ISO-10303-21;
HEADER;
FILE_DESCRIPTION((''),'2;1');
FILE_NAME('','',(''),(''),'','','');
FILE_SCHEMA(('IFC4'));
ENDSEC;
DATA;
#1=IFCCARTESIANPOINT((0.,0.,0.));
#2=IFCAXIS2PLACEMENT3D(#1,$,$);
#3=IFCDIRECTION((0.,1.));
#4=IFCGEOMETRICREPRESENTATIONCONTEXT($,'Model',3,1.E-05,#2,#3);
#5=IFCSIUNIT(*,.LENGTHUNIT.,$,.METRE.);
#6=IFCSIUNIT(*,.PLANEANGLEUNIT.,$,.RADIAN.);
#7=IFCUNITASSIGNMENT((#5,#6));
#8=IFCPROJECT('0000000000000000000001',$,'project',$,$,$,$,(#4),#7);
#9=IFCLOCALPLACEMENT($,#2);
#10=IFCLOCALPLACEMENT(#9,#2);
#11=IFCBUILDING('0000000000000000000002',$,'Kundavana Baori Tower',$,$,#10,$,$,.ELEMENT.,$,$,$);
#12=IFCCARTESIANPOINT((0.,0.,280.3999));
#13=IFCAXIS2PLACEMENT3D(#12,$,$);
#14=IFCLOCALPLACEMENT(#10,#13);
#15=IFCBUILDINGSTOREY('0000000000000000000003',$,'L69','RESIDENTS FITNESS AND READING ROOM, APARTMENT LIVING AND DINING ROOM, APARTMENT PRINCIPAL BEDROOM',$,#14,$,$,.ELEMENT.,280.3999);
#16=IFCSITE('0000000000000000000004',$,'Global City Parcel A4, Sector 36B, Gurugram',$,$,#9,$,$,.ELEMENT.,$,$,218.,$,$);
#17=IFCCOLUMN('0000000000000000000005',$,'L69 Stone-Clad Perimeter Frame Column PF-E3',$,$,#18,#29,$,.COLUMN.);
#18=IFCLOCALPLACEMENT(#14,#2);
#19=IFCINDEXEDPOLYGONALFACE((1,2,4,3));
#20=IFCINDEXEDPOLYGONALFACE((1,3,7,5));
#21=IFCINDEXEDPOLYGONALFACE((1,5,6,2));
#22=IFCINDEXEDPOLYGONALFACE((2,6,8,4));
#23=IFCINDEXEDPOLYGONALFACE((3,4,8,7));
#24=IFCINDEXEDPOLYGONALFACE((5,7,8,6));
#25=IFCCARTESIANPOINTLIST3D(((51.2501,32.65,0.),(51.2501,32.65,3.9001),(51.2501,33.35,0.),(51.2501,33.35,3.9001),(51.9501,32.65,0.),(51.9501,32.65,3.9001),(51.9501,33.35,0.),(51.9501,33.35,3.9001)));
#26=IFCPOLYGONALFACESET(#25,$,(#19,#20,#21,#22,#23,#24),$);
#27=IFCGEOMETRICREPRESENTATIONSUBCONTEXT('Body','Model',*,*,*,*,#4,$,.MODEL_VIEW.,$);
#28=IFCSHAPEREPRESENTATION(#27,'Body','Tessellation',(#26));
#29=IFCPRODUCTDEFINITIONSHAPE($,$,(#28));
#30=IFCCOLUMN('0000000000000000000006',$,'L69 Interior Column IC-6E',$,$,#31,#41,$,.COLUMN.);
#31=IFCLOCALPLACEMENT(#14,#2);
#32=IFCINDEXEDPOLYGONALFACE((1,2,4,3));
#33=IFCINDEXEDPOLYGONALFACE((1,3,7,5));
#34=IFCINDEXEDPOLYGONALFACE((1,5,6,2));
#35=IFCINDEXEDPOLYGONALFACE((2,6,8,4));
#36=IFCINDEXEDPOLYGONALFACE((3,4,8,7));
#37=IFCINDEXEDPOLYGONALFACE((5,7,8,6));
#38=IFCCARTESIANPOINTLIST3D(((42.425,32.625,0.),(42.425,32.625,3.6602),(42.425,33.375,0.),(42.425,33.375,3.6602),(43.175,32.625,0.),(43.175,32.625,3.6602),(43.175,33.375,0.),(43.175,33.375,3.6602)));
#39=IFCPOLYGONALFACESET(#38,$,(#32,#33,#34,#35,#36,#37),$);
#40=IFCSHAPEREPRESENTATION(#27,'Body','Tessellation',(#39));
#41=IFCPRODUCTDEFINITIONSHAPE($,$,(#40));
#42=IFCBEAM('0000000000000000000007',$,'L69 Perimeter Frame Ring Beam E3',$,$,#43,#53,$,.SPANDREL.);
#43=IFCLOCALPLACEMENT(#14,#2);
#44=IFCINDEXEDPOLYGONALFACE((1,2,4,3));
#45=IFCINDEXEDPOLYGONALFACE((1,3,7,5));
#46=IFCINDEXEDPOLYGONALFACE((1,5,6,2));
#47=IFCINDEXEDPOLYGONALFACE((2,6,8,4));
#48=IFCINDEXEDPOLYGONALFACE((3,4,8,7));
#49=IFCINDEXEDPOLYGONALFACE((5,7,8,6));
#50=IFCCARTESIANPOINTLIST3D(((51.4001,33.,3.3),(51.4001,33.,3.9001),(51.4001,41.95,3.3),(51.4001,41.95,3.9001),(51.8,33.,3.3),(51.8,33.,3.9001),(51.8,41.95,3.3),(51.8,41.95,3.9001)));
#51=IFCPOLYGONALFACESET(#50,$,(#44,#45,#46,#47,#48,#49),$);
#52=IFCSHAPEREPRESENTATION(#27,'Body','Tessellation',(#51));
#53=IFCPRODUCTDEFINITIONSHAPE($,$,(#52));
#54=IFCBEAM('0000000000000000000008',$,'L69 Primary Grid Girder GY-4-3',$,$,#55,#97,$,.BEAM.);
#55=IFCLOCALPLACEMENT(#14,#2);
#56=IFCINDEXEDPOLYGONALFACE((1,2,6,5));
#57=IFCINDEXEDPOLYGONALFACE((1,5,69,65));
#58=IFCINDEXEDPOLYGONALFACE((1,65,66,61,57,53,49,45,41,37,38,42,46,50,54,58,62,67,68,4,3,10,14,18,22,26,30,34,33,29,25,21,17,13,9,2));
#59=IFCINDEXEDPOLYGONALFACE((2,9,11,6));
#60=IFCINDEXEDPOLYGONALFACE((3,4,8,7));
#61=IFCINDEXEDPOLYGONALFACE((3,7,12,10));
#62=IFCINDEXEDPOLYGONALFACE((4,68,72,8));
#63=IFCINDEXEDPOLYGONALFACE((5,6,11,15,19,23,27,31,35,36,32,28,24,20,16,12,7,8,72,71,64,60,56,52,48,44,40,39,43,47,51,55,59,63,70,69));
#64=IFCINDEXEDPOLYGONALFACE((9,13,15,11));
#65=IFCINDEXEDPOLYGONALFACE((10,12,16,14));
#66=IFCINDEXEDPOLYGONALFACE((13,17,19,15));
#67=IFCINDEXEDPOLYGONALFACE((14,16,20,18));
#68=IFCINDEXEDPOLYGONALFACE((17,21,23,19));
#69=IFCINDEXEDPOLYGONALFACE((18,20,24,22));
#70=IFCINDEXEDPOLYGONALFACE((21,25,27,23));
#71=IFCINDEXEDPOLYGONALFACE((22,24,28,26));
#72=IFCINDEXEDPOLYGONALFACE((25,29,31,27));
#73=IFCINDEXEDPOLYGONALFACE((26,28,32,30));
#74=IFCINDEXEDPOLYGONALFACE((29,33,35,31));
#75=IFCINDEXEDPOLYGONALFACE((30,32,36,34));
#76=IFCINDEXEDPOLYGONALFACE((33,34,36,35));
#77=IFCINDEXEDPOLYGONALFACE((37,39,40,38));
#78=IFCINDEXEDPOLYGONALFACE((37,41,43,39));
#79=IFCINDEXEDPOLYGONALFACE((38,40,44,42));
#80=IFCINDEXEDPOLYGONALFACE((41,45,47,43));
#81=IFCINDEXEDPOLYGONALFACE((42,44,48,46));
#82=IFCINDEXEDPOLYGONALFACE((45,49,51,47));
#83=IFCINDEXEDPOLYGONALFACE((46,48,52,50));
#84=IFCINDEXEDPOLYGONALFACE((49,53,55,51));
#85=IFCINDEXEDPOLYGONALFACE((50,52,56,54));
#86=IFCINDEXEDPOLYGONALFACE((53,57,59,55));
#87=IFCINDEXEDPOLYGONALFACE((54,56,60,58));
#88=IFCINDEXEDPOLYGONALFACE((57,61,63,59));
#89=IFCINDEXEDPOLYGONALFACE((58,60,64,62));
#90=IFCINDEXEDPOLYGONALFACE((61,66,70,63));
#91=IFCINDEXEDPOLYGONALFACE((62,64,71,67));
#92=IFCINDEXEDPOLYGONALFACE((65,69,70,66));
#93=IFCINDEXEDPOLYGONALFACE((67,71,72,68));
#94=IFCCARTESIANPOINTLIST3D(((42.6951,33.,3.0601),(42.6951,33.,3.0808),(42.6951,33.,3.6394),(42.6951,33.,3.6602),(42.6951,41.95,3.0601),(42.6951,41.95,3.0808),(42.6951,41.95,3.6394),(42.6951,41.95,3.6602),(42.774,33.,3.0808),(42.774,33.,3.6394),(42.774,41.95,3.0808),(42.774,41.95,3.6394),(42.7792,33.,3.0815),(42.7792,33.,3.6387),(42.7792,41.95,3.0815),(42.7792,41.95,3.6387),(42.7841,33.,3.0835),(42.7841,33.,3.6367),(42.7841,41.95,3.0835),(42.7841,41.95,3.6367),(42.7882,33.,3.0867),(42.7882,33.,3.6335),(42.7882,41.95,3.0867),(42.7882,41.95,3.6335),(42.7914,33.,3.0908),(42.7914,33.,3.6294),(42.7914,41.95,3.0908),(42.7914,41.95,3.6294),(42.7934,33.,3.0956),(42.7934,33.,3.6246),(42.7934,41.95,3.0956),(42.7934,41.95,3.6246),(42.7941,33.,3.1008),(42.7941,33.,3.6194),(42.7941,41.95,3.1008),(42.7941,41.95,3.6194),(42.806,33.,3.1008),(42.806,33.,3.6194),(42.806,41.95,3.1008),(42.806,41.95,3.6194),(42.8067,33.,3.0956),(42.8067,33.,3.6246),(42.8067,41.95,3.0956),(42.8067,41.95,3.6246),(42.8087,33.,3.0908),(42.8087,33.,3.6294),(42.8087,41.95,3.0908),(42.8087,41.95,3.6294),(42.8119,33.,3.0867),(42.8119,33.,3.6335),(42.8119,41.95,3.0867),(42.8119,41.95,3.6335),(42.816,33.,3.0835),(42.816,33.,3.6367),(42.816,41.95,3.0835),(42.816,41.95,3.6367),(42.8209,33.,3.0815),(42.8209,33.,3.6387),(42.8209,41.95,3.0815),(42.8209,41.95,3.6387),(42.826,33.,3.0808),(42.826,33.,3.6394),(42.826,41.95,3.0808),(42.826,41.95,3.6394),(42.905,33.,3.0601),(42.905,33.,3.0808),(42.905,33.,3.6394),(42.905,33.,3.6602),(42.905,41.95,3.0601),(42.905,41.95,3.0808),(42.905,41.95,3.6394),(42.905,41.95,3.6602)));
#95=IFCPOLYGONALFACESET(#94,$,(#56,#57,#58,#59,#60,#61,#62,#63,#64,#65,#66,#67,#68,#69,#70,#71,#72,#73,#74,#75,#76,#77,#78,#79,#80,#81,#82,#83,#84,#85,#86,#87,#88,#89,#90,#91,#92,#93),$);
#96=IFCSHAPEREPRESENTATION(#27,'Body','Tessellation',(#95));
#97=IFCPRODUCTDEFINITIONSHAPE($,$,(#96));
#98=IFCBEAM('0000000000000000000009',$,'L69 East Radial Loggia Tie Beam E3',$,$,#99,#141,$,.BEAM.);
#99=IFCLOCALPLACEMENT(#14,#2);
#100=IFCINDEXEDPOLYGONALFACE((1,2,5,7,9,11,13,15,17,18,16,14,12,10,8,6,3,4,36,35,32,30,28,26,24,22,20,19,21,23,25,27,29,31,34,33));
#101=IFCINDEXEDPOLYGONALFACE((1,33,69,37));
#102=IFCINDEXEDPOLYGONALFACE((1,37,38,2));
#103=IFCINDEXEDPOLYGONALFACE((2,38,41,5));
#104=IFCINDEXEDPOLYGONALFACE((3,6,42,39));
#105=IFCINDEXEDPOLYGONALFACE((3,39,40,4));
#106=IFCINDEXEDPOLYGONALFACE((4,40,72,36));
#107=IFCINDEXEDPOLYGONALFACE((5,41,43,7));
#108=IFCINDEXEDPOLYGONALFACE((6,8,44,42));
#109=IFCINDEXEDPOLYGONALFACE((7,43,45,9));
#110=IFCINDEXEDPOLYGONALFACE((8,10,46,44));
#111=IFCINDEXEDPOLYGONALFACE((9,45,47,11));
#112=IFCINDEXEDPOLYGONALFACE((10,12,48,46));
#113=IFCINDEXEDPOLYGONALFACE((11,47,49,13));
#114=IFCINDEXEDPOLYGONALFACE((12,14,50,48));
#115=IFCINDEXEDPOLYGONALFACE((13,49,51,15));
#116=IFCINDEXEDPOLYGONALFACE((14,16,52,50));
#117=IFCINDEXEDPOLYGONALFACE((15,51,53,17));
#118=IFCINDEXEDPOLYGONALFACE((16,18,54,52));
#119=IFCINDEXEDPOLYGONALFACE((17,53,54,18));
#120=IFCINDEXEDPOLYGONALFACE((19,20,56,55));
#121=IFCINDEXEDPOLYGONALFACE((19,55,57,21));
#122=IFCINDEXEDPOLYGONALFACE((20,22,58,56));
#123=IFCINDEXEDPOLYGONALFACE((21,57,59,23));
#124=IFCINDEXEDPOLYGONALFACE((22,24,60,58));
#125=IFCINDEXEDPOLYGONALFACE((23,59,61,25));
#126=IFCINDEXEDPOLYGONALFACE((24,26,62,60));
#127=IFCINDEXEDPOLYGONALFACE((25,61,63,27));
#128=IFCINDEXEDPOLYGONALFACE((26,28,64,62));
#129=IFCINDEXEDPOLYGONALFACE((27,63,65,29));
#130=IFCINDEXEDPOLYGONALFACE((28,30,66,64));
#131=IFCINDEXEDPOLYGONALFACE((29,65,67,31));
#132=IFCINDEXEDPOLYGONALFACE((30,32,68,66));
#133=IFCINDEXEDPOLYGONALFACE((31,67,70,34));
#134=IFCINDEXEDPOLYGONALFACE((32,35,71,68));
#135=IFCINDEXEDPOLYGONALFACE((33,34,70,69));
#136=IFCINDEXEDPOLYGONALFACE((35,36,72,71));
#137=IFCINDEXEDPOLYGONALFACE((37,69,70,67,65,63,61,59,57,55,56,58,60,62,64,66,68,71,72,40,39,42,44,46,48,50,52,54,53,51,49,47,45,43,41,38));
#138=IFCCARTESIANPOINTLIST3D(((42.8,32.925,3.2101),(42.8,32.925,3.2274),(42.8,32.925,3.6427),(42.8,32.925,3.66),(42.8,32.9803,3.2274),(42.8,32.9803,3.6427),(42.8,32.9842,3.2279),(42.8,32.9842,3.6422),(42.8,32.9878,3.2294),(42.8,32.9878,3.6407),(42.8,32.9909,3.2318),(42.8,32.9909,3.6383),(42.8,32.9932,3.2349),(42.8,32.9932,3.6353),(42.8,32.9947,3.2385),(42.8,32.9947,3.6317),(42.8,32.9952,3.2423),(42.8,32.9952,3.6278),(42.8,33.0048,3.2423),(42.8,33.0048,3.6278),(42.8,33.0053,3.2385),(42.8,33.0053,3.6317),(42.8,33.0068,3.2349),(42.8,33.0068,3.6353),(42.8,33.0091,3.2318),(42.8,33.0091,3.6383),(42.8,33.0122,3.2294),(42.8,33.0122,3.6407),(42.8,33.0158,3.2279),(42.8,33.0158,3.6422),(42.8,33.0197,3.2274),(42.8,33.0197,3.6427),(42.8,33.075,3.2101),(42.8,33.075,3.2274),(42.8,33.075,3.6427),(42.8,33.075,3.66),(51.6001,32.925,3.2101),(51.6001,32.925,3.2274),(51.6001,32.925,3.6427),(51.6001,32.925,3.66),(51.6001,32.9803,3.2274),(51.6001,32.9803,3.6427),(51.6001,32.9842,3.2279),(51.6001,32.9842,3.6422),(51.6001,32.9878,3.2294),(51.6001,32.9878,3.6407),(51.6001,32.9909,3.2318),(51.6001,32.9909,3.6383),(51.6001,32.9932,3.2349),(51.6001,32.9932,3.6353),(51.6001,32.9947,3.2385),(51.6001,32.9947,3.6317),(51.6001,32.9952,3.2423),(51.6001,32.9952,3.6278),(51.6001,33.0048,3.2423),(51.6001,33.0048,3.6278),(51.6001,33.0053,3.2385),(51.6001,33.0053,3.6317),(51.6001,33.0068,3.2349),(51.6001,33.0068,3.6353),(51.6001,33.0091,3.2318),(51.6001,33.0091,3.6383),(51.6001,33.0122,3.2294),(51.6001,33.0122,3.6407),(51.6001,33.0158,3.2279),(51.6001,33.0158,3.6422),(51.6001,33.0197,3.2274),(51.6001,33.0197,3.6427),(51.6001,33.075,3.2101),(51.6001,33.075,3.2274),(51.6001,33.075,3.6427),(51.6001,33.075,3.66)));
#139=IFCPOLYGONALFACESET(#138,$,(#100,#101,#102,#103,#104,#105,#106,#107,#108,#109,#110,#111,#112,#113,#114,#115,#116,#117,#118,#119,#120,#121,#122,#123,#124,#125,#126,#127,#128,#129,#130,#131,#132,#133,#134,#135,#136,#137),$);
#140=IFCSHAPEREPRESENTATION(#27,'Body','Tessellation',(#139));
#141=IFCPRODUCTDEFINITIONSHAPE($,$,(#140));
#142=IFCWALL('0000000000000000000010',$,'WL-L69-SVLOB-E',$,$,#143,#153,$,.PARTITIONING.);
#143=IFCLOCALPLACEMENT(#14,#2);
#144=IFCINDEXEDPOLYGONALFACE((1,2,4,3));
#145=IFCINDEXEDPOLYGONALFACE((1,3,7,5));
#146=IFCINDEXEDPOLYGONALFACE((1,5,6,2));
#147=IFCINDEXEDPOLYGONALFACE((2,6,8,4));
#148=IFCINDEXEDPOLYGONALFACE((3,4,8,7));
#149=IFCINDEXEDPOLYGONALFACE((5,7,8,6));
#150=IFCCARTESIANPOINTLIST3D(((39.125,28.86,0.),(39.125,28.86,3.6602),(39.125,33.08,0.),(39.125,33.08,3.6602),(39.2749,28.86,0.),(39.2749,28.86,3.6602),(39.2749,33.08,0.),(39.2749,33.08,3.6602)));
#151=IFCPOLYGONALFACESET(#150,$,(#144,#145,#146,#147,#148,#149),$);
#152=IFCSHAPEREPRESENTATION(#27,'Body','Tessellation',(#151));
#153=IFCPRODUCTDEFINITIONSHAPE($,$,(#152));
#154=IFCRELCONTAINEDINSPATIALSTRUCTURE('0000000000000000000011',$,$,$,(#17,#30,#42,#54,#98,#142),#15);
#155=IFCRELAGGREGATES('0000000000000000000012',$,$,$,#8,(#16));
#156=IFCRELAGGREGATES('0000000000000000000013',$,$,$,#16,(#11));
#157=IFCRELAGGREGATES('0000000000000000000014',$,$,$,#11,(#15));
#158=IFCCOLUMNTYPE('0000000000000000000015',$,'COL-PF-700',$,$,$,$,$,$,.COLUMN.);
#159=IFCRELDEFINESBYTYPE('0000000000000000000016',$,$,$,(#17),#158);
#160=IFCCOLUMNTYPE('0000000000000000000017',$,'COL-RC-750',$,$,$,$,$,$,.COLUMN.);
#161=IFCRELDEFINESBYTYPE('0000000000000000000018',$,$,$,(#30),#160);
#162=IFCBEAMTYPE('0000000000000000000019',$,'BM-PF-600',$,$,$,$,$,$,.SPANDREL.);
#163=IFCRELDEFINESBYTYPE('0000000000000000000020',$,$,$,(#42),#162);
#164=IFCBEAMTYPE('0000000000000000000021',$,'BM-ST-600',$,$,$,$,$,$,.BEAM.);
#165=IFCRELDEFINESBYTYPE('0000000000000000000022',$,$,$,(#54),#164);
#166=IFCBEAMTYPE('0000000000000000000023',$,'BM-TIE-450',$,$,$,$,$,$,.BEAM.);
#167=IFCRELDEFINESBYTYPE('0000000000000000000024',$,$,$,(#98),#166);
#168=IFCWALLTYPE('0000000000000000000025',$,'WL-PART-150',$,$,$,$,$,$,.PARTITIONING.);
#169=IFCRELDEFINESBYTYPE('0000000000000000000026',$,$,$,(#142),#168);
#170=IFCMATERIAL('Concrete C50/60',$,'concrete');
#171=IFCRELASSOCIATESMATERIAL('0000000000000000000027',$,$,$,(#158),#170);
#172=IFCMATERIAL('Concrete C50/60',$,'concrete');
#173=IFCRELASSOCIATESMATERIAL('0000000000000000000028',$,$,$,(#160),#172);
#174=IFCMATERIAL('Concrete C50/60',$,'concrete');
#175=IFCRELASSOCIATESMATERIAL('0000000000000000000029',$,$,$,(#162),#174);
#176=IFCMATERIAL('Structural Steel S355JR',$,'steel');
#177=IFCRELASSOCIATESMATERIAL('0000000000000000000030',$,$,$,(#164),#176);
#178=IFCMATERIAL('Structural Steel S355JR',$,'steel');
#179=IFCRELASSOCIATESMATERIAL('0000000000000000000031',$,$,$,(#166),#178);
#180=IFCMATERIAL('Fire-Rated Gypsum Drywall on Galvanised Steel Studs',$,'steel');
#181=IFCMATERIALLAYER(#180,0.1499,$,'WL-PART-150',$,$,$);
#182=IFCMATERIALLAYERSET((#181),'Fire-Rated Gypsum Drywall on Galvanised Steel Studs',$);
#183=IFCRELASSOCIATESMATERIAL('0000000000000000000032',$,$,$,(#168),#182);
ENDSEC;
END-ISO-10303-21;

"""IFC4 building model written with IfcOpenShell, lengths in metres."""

from ifc_helpers import new_model, si_unit, direction, frame, frame_2d, origin, origin_2d, place, context, subcontext, project, spatial, rectangle, i_section, extrude, material, layer, layer_set, material_profile, profile_set, type_object, element, save


model = new_model("IFC4")

# Units and contexts
model_context = context("Model", 3, precision=1e-05, world=origin(), true_north=direction((0.0, 1.0)))
body_context = subcontext(model_context, "Body", "Model", "MODEL_VIEW")
ifc_project = project(units=[si_unit("LENGTHUNIT", "METRE"), si_unit("PLANEANGLEUNIT", "RADIAN")], contexts=[model_context])

# Site, building, storey
site_placement = place(None, origin())
site = spatial("IfcSite", under=ifc_project, at=site_placement, Name="Global City Parcel A4, Sector 36B, Gurugram", CompositionType="ELEMENT", RefElevation=218.0)
building_placement = place(site_placement, origin())
building = spatial("IfcBuilding", under=site, at=building_placement, Name="Kundavana Baori Tower", CompositionType="ELEMENT")
storey_placement = place(building_placement, frame((0.0, 0.0, 280.3999)))
storey = spatial("IfcBuildingStorey", under=building, at=storey_placement, Name="L69", Description="RESIDENTS FITNESS AND READING ROOM, APARTMENT LIVING AND DINING ROOM, APARTMENT PRINCIPAL BEDROOM", CompositionType="ELEMENT", Elevation=280.3999)

# Columns
ifc_material_1 = material(Name="Concrete C50/60", Category="concrete")
ifc_material_profile_1 = material_profile(ifc_material_1, rectangle(XDim=0.7, YDim=0.7, at=origin_2d()), Name="RC PF 700x700")
ifc_profile_set_1 = profile_set([ifc_material_profile_1], Name="Concrete C50/60")
column_type_1 = type_object("IfcColumnType", Name="COL-PF-700", PredefinedType="COLUMN", material=ifc_profile_set_1)
column_1_placement = place(storey_placement, frame((51.6001, 33.0, 0.0), z_axis=(0.0, 0.0, 1.0), x_axis=(1.0, 0.0, 0.0)))
element("IfcColumn", 1, at=column_1_placement, inside=storey, type_object=column_type_1, Name="L69 Stone-Clad Perimeter Frame Column PF-E3", PredefinedType="COLUMN", context=body_context, shape_type="SweptSolid", body=[
    extrude(rectangle(XDim=0.7, YDim=0.7, at=origin_2d()), origin(), (0.0, 0.0, 1.0), 3.9001),
])
ifc_material_2 = material(Name="Concrete C50/60", Category="concrete")
ifc_material_profile_2 = material_profile(ifc_material_2, rectangle(XDim=0.75, YDim=0.75, at=origin_2d()), Name="RC 750x750")
ifc_profile_set_2 = profile_set([ifc_material_profile_2], Name="Concrete C50/60")
column_type_2 = type_object("IfcColumnType", Name="COL-RC-750", PredefinedType="COLUMN", material=ifc_profile_set_2)
column_2_placement = place(storey_placement, frame((42.8, 33.0, 0.0), z_axis=(0.0, 0.0, 1.0), x_axis=(1.0, 0.0, 0.0)))
element("IfcColumn", 2, at=column_2_placement, inside=storey, type_object=column_type_2, Name="L69 Interior Column IC-6E", PredefinedType="COLUMN", context=body_context, shape_type="SweptSolid", body=[
    extrude(rectangle(XDim=0.75, YDim=0.75, at=origin_2d()), origin(), (0.0, 0.0, 1.0), 3.6602),
])

# Beams
ifc_material_3 = material(Name="Concrete C50/60", Category="concrete")
ifc_material_profile_3 = material_profile(ifc_material_3, rectangle(XDim=0.3999, YDim=0.6001, at=origin_2d()), Name="RC BM 400x600")
ifc_profile_set_3 = profile_set([ifc_material_profile_3], Name="Concrete C50/60")
beam_type_1 = type_object("IfcBeamType", Name="BM-PF-600", PredefinedType="SPANDREL", material=ifc_profile_set_3)
beam_1_placement = place(storey_placement, frame((51.6001, 33.0, 3.6001), z_axis=(0.0, 1.0, 0.0), x_axis=(-1.0, 0.0, 0.0)))
element("IfcBeam", 3, at=beam_1_placement, inside=storey, type_object=beam_type_1, Name="L69 Perimeter Frame Ring Beam E3", PredefinedType="SPANDREL", context=body_context, shape_type="SweptSolid", body=[
    extrude(rectangle(XDim=0.3999, YDim=0.6001, at=origin_2d()), origin(), (0.0, 0.0, 1.0), 8.95),
])
ifc_material_4 = material(Name="Structural Steel S355JR", Category="steel")
ifc_material_profile_4 = material_profile(ifc_material_4, i_section(OverallWidth=0.21, OverallDepth=0.6001, WebThickness=0.012, FlangeThickness=0.0208, FilletRadius=0.02, at=origin_2d()), Name="ISMB 600")
ifc_profile_set_4 = profile_set([ifc_material_profile_4], Name="Structural Steel S355JR")
beam_type_2 = type_object("IfcBeamType", Name="BM-ST-600", PredefinedType="BEAM", material=ifc_profile_set_4)
beam_2_placement = place(storey_placement, frame((42.8, 33.0, 3.3601), z_axis=(0.0, 1.0, 0.0), x_axis=(-1.0, 0.0, 0.0)))
element("IfcBeam", 4, at=beam_2_placement, inside=storey, type_object=beam_type_2, Name="L69 Primary Grid Girder GY-4-3", PredefinedType="BEAM", context=body_context, shape_type="SweptSolid", body=[
    extrude(i_section(OverallWidth=0.21, OverallDepth=0.6001, WebThickness=0.012, FlangeThickness=0.0208, FilletRadius=0.02, at=origin_2d()), origin(), (0.0, 0.0, 1.0), 8.95),
])
ifc_material_5 = material(Name="Structural Steel S355JR", Category="steel")
ifc_material_profile_5 = material_profile(ifc_material_5, i_section(OverallWidth=0.1499, OverallDepth=0.45, WebThickness=0.0095, FlangeThickness=0.0173, FilletRadius=0.0149, at=origin_2d()), Name="ISMB 450")
ifc_profile_set_5 = profile_set([ifc_material_profile_5], Name="Structural Steel S355JR")
beam_type_3 = type_object("IfcBeamType", Name="BM-TIE-450", PredefinedType="BEAM", material=ifc_profile_set_5)
beam_3_placement = place(storey_placement, frame((42.8, 33.0, 3.4351), z_axis=(1.0, 0.0, 0.0), x_axis=(0.0, 1.0, 0.0)))
element("IfcBeam", 5, at=beam_3_placement, inside=storey, type_object=beam_type_3, Name="L69 East Radial Loggia Tie Beam E3", PredefinedType="BEAM", context=body_context, shape_type="SweptSolid", body=[
    extrude(i_section(OverallWidth=0.1499, OverallDepth=0.45, WebThickness=0.0095, FlangeThickness=0.0173, FilletRadius=0.0149, at=origin_2d()), origin(), (0.0, 0.0, 1.0), 8.8),
])

# Wall
ifc_material_6 = material(Name="Fire-Rated Gypsum Drywall on Galvanised Steel Studs", Category="steel")
ifc_layer_1 = layer(ifc_material_6, 0.1499, Name="WL-PART-150")
ifc_layer_set_1 = layer_set([ifc_layer_1], Name="Fire-Rated Gypsum Drywall on Galvanised Steel Studs")
wall_type_1 = type_object("IfcWallType", Name="WL-PART-150", PredefinedType="PARTITIONING", material=ifc_layer_set_1)
wall_1_placement = place(storey_placement, frame((39.2, 28.8601, 0.0), z_axis=(0.0, 0.0, 1.0), x_axis=(0.0, 1.0, 0.0)))
element("IfcWall", 6, at=wall_1_placement, inside=storey, type_object=wall_type_1, Name="WL-L69-SVLOB-E", PredefinedType="PARTITIONING", context=body_context, shape_type="SweptSolid", body=[
    extrude(rectangle(XDim=4.22, YDim=0.1499, at=frame_2d((2.1099, 0.0))), origin(), (0.0, 0.0, 1.0), 3.6602),
])

save(model, "model.ifc")
